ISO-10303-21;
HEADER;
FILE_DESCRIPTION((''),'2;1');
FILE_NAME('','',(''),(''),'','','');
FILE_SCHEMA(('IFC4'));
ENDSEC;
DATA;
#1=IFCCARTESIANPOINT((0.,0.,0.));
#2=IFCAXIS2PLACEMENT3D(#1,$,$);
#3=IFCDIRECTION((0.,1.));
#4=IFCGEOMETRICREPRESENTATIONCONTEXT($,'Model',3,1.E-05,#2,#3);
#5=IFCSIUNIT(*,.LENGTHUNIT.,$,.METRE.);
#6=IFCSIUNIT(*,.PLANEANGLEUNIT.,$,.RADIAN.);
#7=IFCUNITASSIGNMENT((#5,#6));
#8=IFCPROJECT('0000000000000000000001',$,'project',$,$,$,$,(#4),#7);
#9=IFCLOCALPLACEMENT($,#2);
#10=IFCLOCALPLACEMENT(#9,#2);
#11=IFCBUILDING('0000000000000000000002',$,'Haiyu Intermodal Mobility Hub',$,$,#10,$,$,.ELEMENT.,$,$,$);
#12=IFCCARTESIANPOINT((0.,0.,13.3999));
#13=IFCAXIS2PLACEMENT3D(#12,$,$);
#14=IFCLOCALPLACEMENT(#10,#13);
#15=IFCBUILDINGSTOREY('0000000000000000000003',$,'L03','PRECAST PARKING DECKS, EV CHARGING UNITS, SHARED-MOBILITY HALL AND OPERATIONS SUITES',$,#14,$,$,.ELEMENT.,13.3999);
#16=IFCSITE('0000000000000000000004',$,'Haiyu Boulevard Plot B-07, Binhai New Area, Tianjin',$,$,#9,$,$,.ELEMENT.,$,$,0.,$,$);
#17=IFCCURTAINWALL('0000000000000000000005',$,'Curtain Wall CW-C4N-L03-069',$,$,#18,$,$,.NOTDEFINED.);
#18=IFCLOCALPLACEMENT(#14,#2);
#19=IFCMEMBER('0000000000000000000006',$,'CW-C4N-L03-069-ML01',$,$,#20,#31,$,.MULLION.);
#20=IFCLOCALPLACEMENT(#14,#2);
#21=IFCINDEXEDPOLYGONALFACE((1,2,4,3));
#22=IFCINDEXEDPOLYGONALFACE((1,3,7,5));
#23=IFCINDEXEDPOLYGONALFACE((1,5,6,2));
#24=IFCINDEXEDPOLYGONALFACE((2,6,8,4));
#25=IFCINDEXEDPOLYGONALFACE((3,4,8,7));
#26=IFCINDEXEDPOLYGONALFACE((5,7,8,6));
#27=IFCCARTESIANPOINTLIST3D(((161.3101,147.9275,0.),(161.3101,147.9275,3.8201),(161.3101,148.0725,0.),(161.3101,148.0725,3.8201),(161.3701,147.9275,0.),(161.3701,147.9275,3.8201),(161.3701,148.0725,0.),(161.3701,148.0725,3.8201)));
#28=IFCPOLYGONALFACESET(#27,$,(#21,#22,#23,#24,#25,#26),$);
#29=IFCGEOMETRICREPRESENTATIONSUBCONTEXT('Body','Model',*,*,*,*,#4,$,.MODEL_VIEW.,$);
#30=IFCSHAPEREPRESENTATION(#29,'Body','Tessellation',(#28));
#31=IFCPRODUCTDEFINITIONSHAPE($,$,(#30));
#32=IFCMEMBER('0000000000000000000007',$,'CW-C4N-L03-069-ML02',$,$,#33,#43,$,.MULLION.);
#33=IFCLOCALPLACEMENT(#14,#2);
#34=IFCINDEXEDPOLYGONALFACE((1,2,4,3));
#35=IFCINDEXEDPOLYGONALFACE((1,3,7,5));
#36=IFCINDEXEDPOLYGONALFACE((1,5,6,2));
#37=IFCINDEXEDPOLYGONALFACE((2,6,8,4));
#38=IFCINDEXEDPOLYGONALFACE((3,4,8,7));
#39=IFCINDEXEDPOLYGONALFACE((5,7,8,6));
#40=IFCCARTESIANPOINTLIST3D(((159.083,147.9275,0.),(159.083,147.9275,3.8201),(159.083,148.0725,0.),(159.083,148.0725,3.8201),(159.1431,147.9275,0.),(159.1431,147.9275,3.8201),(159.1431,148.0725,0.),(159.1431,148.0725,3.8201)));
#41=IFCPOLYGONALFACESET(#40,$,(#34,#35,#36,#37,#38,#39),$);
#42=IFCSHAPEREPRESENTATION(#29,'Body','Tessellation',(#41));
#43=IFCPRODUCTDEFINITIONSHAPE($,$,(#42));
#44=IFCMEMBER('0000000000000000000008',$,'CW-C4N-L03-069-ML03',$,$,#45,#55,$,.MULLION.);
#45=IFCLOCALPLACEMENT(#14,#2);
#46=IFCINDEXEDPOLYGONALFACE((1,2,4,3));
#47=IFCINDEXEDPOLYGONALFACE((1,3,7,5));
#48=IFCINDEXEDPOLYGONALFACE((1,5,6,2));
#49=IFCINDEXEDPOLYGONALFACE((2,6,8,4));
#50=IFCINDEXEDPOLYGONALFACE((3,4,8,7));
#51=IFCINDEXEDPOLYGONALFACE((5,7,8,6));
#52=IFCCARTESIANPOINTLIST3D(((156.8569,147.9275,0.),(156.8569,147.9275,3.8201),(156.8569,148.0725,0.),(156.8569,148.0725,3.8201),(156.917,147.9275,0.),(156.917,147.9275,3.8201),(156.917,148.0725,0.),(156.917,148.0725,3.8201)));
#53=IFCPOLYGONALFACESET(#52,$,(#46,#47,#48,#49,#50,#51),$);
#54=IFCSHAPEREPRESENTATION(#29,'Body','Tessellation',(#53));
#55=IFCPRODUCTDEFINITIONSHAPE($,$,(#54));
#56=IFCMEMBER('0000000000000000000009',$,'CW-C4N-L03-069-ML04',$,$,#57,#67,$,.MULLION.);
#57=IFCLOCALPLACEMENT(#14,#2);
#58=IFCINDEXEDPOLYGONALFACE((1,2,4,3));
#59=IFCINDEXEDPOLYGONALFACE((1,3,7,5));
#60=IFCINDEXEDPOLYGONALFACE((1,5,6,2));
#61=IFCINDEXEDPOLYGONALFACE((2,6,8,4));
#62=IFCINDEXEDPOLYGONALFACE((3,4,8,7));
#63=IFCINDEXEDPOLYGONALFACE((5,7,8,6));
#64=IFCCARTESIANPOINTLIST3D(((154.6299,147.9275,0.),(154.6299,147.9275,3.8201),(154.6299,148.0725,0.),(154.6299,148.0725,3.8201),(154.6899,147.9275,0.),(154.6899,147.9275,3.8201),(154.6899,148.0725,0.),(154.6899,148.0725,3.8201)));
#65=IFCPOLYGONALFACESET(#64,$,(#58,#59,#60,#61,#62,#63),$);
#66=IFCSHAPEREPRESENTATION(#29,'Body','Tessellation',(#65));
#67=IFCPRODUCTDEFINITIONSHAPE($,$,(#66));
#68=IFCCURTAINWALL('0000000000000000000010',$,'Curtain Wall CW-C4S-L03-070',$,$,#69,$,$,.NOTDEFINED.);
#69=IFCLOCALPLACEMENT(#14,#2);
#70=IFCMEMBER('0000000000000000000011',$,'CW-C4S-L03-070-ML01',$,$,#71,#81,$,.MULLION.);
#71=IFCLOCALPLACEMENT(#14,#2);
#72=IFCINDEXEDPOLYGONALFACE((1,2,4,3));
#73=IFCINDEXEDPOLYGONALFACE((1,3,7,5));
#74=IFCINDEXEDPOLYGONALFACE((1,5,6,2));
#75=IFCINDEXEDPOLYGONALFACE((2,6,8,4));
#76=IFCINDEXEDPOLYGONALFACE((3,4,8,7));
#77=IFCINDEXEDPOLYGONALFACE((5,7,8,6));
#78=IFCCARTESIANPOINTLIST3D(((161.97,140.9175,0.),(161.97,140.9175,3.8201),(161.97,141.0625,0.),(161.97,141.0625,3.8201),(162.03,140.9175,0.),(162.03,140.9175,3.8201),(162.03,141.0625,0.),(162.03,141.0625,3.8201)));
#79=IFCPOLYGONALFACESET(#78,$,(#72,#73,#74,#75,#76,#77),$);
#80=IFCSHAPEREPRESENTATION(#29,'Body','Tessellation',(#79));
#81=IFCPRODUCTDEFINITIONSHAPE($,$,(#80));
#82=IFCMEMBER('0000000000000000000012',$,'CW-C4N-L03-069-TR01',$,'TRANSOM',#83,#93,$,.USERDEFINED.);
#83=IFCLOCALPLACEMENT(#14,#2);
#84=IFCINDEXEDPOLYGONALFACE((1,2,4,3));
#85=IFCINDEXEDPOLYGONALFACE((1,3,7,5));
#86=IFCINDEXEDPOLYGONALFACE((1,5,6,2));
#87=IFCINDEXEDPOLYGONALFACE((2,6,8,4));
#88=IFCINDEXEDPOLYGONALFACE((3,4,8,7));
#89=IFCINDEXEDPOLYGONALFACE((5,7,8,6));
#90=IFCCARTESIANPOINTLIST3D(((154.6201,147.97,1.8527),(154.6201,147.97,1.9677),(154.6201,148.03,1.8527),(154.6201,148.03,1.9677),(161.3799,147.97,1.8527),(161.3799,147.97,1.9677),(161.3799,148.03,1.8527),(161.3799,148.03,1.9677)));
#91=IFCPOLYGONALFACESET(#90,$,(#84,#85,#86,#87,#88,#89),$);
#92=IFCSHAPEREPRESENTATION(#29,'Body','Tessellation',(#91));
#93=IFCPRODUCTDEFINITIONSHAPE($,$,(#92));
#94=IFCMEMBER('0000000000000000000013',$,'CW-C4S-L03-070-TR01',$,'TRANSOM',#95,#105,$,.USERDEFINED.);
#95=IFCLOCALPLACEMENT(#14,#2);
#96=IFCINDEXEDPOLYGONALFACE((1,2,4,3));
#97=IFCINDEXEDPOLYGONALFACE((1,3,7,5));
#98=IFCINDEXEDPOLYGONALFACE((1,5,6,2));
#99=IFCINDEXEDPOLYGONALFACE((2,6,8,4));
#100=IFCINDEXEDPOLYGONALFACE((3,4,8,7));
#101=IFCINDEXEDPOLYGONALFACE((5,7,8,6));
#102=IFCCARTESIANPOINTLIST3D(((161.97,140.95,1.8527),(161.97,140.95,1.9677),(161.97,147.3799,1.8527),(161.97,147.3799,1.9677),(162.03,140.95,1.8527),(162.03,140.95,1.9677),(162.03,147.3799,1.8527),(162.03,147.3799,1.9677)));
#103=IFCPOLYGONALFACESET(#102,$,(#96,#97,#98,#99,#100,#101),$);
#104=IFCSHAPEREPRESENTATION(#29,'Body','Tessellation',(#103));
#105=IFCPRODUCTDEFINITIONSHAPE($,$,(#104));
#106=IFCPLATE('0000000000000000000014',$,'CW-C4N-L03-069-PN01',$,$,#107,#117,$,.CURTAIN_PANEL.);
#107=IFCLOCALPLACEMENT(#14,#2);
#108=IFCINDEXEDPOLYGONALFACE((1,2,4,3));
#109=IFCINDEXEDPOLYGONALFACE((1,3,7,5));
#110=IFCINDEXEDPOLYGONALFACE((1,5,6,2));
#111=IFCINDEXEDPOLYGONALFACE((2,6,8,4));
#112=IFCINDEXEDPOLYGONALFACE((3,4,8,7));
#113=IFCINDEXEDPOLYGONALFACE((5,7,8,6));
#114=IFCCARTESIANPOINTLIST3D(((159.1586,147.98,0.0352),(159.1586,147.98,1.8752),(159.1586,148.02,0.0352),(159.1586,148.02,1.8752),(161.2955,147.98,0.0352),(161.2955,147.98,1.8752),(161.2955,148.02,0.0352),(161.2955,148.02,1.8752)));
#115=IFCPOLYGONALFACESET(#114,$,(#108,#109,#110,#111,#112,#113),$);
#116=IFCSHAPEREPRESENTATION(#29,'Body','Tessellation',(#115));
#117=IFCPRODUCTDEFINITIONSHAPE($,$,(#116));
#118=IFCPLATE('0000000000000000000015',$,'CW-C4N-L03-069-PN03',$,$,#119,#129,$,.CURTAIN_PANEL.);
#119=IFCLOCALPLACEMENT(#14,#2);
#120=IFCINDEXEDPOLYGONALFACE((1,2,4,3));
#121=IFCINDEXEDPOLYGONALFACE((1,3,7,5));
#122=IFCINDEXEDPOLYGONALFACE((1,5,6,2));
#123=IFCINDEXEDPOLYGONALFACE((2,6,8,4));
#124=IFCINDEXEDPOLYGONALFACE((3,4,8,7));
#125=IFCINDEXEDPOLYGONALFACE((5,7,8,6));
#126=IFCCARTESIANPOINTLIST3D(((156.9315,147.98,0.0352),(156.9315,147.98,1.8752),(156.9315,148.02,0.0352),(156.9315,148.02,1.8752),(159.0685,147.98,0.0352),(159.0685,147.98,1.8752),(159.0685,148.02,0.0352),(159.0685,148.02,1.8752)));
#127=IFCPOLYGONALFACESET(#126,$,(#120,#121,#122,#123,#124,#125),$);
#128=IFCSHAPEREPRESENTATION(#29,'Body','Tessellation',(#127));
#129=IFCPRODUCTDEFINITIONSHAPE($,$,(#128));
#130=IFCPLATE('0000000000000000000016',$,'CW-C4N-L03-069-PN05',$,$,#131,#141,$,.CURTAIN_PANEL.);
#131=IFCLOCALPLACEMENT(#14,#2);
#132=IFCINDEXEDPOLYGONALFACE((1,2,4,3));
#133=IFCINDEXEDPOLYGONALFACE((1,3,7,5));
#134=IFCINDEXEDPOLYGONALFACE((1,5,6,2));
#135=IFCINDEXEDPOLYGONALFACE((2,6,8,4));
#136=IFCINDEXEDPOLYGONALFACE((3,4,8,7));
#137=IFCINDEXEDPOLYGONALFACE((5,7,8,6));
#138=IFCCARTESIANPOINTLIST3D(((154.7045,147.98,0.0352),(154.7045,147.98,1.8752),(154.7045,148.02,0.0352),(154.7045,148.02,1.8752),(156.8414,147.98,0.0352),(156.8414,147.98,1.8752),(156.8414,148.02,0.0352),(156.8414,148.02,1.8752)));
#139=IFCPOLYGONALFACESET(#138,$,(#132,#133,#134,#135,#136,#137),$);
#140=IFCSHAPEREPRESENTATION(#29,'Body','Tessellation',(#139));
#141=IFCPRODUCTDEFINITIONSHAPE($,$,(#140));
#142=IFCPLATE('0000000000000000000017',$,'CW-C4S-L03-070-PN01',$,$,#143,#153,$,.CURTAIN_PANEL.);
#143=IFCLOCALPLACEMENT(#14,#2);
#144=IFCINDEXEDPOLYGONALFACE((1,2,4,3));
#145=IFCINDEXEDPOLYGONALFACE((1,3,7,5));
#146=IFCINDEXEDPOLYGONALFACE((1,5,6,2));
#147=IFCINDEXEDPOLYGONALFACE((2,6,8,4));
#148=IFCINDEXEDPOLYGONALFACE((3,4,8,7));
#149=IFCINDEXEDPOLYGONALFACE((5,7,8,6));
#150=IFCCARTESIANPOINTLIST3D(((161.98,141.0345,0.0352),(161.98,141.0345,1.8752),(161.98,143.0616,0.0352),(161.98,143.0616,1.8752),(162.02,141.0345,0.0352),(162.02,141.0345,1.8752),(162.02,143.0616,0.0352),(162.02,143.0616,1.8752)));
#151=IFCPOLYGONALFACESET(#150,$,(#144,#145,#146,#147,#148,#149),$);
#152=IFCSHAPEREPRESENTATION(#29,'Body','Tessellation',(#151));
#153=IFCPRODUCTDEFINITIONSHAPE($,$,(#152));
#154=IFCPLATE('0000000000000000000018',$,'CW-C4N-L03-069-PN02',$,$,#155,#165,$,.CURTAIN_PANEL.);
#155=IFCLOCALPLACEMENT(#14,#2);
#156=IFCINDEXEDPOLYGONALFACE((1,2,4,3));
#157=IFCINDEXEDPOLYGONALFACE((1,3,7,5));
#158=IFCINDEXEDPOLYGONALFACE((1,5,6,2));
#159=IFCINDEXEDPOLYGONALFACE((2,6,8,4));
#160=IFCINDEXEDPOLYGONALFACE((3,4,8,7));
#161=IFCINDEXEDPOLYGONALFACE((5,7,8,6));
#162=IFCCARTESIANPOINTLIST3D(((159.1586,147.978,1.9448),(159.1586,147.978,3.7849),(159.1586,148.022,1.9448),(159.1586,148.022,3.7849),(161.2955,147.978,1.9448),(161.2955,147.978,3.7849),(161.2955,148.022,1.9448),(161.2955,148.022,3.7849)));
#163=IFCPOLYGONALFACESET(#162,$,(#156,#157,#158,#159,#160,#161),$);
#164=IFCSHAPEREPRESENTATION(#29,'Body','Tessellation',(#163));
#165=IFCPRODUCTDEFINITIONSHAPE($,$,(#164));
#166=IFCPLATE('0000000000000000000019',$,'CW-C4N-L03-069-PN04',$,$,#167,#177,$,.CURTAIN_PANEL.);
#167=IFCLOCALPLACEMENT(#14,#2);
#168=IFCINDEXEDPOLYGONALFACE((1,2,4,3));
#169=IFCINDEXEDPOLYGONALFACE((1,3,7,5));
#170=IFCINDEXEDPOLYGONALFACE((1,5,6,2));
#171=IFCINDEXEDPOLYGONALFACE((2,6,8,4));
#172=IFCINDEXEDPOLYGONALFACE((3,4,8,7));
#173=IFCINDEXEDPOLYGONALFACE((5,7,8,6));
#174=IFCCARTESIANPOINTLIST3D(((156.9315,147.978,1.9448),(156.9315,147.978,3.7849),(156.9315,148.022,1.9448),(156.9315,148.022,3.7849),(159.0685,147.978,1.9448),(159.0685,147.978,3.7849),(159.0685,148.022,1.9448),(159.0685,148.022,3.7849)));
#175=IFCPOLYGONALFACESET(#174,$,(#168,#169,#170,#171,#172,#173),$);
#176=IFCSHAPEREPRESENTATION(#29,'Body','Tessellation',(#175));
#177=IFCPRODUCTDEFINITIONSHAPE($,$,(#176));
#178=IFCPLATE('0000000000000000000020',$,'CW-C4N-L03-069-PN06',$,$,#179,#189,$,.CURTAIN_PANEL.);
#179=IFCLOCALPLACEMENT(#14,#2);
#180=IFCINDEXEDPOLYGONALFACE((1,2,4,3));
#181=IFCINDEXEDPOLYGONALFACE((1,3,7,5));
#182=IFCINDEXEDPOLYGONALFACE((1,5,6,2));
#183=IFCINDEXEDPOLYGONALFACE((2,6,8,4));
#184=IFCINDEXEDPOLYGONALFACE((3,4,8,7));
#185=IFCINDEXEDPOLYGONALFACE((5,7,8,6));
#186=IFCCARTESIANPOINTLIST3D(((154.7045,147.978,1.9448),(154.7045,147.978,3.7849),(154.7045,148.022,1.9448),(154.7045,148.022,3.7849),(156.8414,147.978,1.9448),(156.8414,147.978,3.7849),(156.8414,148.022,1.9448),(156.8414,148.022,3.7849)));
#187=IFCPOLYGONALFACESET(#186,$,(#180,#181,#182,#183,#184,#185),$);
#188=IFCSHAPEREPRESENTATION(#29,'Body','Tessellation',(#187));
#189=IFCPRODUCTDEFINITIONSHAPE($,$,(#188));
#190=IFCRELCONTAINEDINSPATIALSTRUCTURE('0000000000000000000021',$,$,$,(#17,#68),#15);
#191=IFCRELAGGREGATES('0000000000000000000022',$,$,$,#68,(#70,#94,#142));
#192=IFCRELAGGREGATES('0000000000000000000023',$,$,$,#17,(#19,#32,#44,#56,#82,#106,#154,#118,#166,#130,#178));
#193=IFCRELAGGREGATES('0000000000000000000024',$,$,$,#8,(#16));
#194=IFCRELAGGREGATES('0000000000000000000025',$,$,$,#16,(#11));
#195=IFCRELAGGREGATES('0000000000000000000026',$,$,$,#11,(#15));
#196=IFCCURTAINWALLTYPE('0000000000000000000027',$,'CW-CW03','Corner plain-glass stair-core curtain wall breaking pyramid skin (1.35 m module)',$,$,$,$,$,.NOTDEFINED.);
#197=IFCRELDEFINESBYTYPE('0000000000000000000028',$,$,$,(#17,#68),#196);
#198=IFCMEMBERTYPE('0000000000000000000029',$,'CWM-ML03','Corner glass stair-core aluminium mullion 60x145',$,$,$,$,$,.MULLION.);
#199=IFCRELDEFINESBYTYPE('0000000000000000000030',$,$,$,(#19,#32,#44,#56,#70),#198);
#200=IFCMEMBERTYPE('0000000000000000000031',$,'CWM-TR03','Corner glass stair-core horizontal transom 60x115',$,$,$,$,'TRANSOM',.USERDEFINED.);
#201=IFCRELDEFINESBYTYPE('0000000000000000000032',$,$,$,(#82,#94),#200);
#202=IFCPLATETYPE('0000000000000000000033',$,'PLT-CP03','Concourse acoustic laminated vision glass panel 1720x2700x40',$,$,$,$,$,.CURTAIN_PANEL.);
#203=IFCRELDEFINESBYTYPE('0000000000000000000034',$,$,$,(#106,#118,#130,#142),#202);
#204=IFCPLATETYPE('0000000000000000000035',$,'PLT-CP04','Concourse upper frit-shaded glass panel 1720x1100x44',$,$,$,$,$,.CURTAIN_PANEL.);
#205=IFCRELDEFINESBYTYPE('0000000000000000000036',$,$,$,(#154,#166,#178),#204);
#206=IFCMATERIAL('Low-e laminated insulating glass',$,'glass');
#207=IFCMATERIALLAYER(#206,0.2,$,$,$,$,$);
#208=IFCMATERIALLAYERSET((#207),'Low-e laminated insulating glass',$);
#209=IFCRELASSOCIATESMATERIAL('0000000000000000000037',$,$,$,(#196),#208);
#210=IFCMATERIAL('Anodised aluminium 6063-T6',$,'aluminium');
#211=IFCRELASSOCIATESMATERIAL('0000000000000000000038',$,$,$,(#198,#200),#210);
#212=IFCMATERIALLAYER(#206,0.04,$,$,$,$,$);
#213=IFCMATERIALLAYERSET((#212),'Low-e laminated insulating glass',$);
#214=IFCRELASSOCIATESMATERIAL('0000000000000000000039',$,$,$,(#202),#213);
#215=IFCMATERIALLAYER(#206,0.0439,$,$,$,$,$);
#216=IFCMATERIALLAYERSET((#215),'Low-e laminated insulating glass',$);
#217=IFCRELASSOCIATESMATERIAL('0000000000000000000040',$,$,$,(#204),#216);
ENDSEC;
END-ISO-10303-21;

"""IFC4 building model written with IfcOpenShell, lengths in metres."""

from ifc_helpers import new_model, si_unit, direction, frame, origin, origin_2d, place, context, subcontext, project, spatial, rectangle, extrude, material, layer, layer_set, material_profile, profile_set, type_object, element, aggregate, save


model = new_model("IFC4")

# Units and contexts
model_context = context("Model", 3, precision=1e-05, world=origin(), true_north=direction((0.0, 1.0)))
body_context = subcontext(model_context, "Body", "Model", "MODEL_VIEW")
ifc_project = project(units=[si_unit("LENGTHUNIT", "METRE"), si_unit("PLANEANGLEUNIT", "RADIAN")], contexts=[model_context])

# Site, building, storey
site_placement = place(None, origin())
site = spatial("IfcSite", under=ifc_project, at=site_placement, Name="Haiyu Boulevard Plot B-07, Binhai New Area, Tianjin", CompositionType="ELEMENT", RefElevation=0.0)
building_placement = place(site_placement, origin())
building = spatial("IfcBuilding", under=site, at=building_placement, Name="Haiyu Intermodal Mobility Hub", CompositionType="ELEMENT")
storey_placement = place(building_placement, frame((0.0, 0.0, 13.3999)))
storey = spatial("IfcBuildingStorey", under=building, at=storey_placement, Name="L03", Description="PRECAST PARKING DECKS, EV CHARGING UNITS, SHARED-MOBILITY HALL AND OPERATIONS SUITES", CompositionType="ELEMENT", Elevation=13.3999)

# Curtain wall, members
ifc_material_1 = material(Name="Low-e laminated insulating glass", Category="glass")
ifc_layer_1 = layer(ifc_material_1, 0.2)
ifc_layer_set_1 = layer_set([ifc_layer_1], Name="Low-e laminated insulating glass")
curtain_wall_type = type_object("IfcCurtainWallType", Name="CW-CW03", Description="Corner plain-glass stair-core curtain wall breaking pyramid skin (1.35 m module)", PredefinedType="NOTDEFINED", material=ifc_layer_set_1)
curtain_wall_1_placement = place(storey_placement, origin())
curtain_wall_1 = element("IfcCurtainWall", 1, at=curtain_wall_1_placement, inside=storey, type_object=curtain_wall_type, Name="Curtain Wall CW-C4N-L03-069", PredefinedType="NOTDEFINED")
ifc_material_2 = material(Name="Anodised aluminium 6063-T6", Category="aluminium")
ifc_material_profile_1 = material_profile(ifc_material_2, rectangle(XDim=0.0601, YDim=0.145, at=origin_2d()), Name="ALU60x145")
ifc_profile_set_1 = profile_set([ifc_material_profile_1], Name="Anodised aluminium 6063-T6")
member_type_1 = type_object("IfcMemberType", Name="CWM-ML03", Description="Corner glass stair-core aluminium mullion 60x145", PredefinedType="MULLION", material=ifc_profile_set_1)
member_1_placement = place(storey_placement, frame((161.3401, 148.0, 0.0), z_axis=(0.0, 0.0, 1.0), x_axis=(1.0, 0.0, 0.0)))
member_1 = element("IfcMember", 2, at=member_1_placement, type_object=member_type_1, Name="CW-C4N-L03-069-ML01", PredefinedType="MULLION", context=body_context, shape_type="SweptSolid", body=[
    extrude(rectangle(XDim=0.0601, YDim=0.145, at=origin_2d()), origin(), (0.0, 0.0, 1.0), 3.8201),
])
member_2_placement = place(storey_placement, frame((159.113, 148.0, 0.0), z_axis=(0.0, 0.0, 1.0), x_axis=(1.0, 0.0, 0.0)))
member_2 = element("IfcMember", 3, at=member_2_placement, type_object=member_type_1, Name="CW-C4N-L03-069-ML02", PredefinedType="MULLION", context=body_context, shape_type="SweptSolid", body=[
    extrude(rectangle(XDim=0.0601, YDim=0.145, at=origin_2d()), origin(), (0.0, 0.0, 1.0), 3.8201),
])
member_3_placement = place(storey_placement, frame((156.887, 148.0, 0.0), z_axis=(0.0, 0.0, 1.0), x_axis=(1.0, 0.0, 0.0)))
member_3 = element("IfcMember", 4, at=member_3_placement, type_object=member_type_1, Name="CW-C4N-L03-069-ML03", PredefinedType="MULLION", context=body_context, shape_type="SweptSolid", body=[
    extrude(rectangle(XDim=0.0601, YDim=0.145, at=origin_2d()), origin(), (0.0, 0.0, 1.0), 3.8201),
])
member_4_placement = place(storey_placement, frame((154.6599, 148.0, 0.0), z_axis=(0.0, 0.0, 1.0), x_axis=(1.0, 0.0, 0.0)))
member_4 = element("IfcMember", 5, at=member_4_placement, type_object=member_type_1, Name="CW-C4N-L03-069-ML04", PredefinedType="MULLION", context=body_context, shape_type="SweptSolid", body=[
    extrude(rectangle(XDim=0.0601, YDim=0.145, at=origin_2d()), origin(), (0.0, 0.0, 1.0), 3.8201),
])

# Curtain wall, member
curtain_wall_2_placement = place(storey_placement, origin())
curtain_wall_2 = element("IfcCurtainWall", 6, at=curtain_wall_2_placement, inside=storey, type_object=curtain_wall_type, Name="Curtain Wall CW-C4S-L03-070", PredefinedType="NOTDEFINED")
member_5_placement = place(storey_placement, frame((162.0, 140.99, 0.0), z_axis=(0.0, 0.0, 1.0), x_axis=(1.0, 0.0, 0.0)))
member_5 = element("IfcMember", 7, at=member_5_placement, type_object=member_type_1, Name="CW-C4S-L03-070-ML01", PredefinedType="MULLION", context=body_context, shape_type="SweptSolid", body=[
    extrude(rectangle(XDim=0.0601, YDim=0.145, at=origin_2d()), origin(), (0.0, 0.0, 1.0), 3.8201),
])

# Members
ifc_material_profile_2 = material_profile(ifc_material_2, rectangle(XDim=0.0601, YDim=0.115, at=origin_2d()), Name="ALU60x115")
ifc_profile_set_2 = profile_set([ifc_material_profile_2], Name="Anodised aluminium 6063-T6")
member_type_2 = type_object("IfcMemberType", Name="CWM-TR03", Description="Corner glass stair-core horizontal transom 60x115", ElementType="TRANSOM", PredefinedType="USERDEFINED", material=ifc_profile_set_2)
member_6_placement = place(storey_placement, frame((161.3799, 148.0, 1.9102), z_axis=(-1.0, 0.0, 0.0), x_axis=(0.0, -1.0, 0.0)))
member_6 = element("IfcMember", 8, at=member_6_placement, type_object=member_type_2, Name="CW-C4N-L03-069-TR01", ObjectType="TRANSOM", PredefinedType="USERDEFINED", context=body_context, shape_type="SweptSolid", body=[
    extrude(rectangle(XDim=0.0601, YDim=0.115, at=origin_2d()), origin(), (0.0, 0.0, 1.0), 6.7598),
])
member_7_placement = place(storey_placement, frame((162.0, 140.95, 1.9102), z_axis=(0.0, 1.0, 0.0), x_axis=(-1.0, 0.0, 0.0)))
member_7 = element("IfcMember", 9, at=member_7_placement, type_object=member_type_2, Name="CW-C4S-L03-070-TR01", ObjectType="TRANSOM", PredefinedType="USERDEFINED", context=body_context, shape_type="SweptSolid", body=[
    extrude(rectangle(XDim=0.0601, YDim=0.115, at=origin_2d()), origin(), (0.0, 0.0, 1.0), 6.4299),
])

# Plates
ifc_layer_2 = layer(ifc_material_1, 0.04)
ifc_layer_set_2 = layer_set([ifc_layer_2], Name="Low-e laminated insulating glass")
plate_type_1 = type_object("IfcPlateType", Name="PLT-CP03", Description="Concourse acoustic laminated vision glass panel 1720x2700x40", PredefinedType="CURTAIN_PANEL", material=ifc_layer_set_2)
plate_1_placement = place(storey_placement, frame((160.2271, 148.0, 0.0352), z_axis=(0.0, 0.0, 1.0), x_axis=(-1.0, 0.0, 0.0)))
plate_1 = element("IfcPlate", 10, at=plate_1_placement, type_object=plate_type_1, Name="CW-C4N-L03-069-PN01", PredefinedType="CURTAIN_PANEL", context=body_context, shape_type="SweptSolid", body=[
    extrude(rectangle(XDim=2.137, YDim=0.04, at=origin_2d()), origin(), (0.0, 0.0, 1.0), 1.8401),
])
plate_2_placement = place(storey_placement, frame((158.0, 148.0, 0.0352), z_axis=(0.0, 0.0, 1.0), x_axis=(-1.0, 0.0, 0.0)))
plate_2 = element("IfcPlate", 11, at=plate_2_placement, type_object=plate_type_1, Name="CW-C4N-L03-069-PN03", PredefinedType="CURTAIN_PANEL", context=body_context, shape_type="SweptSolid", body=[
    extrude(rectangle(XDim=2.137, YDim=0.04, at=origin_2d()), origin(), (0.0, 0.0, 1.0), 1.8401),
])
plate_3_placement = place(storey_placement, frame((155.7729, 148.0, 0.0352), z_axis=(0.0, 0.0, 1.0), x_axis=(-1.0, 0.0, 0.0)))
plate_3 = element("IfcPlate", 12, at=plate_3_placement, type_object=plate_type_1, Name="CW-C4N-L03-069-PN05", PredefinedType="CURTAIN_PANEL", context=body_context, shape_type="SweptSolid", body=[
    extrude(rectangle(XDim=2.137, YDim=0.04, at=origin_2d()), origin(), (0.0, 0.0, 1.0), 1.8401),
])
plate_4_placement = place(storey_placement, frame((162.0, 142.0481, 0.0352), z_axis=(0.0, 0.0, 1.0), x_axis=(0.0, 1.0, 0.0)))
plate_4 = element("IfcPlate", 13, at=plate_4_placement, type_object=plate_type_1, Name="CW-C4S-L03-070-PN01", PredefinedType="CURTAIN_PANEL", context=body_context, shape_type="SweptSolid", body=[
    extrude(rectangle(XDim=2.0271, YDim=0.04, at=origin_2d()), origin(), (0.0, 0.0, 1.0), 1.8401),
])
aggregate(curtain_wall_2, [member_5, member_7, plate_4])
ifc_layer_3 = layer(ifc_material_1, 0.0439)
ifc_layer_set_3 = layer_set([ifc_layer_3], Name="Low-e laminated insulating glass")
plate_type_2 = type_object("IfcPlateType", Name="PLT-CP04", Description="Concourse upper frit-shaded glass panel 1720x1100x44", PredefinedType="CURTAIN_PANEL", material=ifc_layer_set_3)
plate_5_placement = place(storey_placement, frame((160.2271, 148.0, 1.9448), z_axis=(0.0, 0.0, 1.0), x_axis=(-1.0, 0.0, 0.0)))
plate_5 = element("IfcPlate", 14, at=plate_5_placement, type_object=plate_type_2, Name="CW-C4N-L03-069-PN02", PredefinedType="CURTAIN_PANEL", context=body_context, shape_type="SweptSolid", body=[
    extrude(rectangle(XDim=2.137, YDim=0.0439, at=origin_2d()), origin(), (0.0, 0.0, 1.0), 1.8401),
])
plate_6_placement = place(storey_placement, frame((158.0, 148.0, 1.9448), z_axis=(0.0, 0.0, 1.0), x_axis=(-1.0, 0.0, 0.0)))
plate_6 = element("IfcPlate", 15, at=plate_6_placement, type_object=plate_type_2, Name="CW-C4N-L03-069-PN04", PredefinedType="CURTAIN_PANEL", context=body_context, shape_type="SweptSolid", body=[
    extrude(rectangle(XDim=2.137, YDim=0.0439, at=origin_2d()), origin(), (0.0, 0.0, 1.0), 1.8401),
])
plate_7_placement = place(storey_placement, frame((155.7729, 148.0, 1.9448), z_axis=(0.0, 0.0, 1.0), x_axis=(-1.0, 0.0, 0.0)))
plate_7 = element("IfcPlate", 16, at=plate_7_placement, type_object=plate_type_2, Name="CW-C4N-L03-069-PN06", PredefinedType="CURTAIN_PANEL", context=body_context, shape_type="SweptSolid", body=[
    extrude(rectangle(XDim=2.137, YDim=0.0439, at=origin_2d()), origin(), (0.0, 0.0, 1.0), 1.8401),
])
aggregate(curtain_wall_1, [member_1, member_2, member_3, member_4, member_6, plate_1, plate_5, plate_2, plate_6, plate_3, plate_7])

save(model, "model.ifc")
